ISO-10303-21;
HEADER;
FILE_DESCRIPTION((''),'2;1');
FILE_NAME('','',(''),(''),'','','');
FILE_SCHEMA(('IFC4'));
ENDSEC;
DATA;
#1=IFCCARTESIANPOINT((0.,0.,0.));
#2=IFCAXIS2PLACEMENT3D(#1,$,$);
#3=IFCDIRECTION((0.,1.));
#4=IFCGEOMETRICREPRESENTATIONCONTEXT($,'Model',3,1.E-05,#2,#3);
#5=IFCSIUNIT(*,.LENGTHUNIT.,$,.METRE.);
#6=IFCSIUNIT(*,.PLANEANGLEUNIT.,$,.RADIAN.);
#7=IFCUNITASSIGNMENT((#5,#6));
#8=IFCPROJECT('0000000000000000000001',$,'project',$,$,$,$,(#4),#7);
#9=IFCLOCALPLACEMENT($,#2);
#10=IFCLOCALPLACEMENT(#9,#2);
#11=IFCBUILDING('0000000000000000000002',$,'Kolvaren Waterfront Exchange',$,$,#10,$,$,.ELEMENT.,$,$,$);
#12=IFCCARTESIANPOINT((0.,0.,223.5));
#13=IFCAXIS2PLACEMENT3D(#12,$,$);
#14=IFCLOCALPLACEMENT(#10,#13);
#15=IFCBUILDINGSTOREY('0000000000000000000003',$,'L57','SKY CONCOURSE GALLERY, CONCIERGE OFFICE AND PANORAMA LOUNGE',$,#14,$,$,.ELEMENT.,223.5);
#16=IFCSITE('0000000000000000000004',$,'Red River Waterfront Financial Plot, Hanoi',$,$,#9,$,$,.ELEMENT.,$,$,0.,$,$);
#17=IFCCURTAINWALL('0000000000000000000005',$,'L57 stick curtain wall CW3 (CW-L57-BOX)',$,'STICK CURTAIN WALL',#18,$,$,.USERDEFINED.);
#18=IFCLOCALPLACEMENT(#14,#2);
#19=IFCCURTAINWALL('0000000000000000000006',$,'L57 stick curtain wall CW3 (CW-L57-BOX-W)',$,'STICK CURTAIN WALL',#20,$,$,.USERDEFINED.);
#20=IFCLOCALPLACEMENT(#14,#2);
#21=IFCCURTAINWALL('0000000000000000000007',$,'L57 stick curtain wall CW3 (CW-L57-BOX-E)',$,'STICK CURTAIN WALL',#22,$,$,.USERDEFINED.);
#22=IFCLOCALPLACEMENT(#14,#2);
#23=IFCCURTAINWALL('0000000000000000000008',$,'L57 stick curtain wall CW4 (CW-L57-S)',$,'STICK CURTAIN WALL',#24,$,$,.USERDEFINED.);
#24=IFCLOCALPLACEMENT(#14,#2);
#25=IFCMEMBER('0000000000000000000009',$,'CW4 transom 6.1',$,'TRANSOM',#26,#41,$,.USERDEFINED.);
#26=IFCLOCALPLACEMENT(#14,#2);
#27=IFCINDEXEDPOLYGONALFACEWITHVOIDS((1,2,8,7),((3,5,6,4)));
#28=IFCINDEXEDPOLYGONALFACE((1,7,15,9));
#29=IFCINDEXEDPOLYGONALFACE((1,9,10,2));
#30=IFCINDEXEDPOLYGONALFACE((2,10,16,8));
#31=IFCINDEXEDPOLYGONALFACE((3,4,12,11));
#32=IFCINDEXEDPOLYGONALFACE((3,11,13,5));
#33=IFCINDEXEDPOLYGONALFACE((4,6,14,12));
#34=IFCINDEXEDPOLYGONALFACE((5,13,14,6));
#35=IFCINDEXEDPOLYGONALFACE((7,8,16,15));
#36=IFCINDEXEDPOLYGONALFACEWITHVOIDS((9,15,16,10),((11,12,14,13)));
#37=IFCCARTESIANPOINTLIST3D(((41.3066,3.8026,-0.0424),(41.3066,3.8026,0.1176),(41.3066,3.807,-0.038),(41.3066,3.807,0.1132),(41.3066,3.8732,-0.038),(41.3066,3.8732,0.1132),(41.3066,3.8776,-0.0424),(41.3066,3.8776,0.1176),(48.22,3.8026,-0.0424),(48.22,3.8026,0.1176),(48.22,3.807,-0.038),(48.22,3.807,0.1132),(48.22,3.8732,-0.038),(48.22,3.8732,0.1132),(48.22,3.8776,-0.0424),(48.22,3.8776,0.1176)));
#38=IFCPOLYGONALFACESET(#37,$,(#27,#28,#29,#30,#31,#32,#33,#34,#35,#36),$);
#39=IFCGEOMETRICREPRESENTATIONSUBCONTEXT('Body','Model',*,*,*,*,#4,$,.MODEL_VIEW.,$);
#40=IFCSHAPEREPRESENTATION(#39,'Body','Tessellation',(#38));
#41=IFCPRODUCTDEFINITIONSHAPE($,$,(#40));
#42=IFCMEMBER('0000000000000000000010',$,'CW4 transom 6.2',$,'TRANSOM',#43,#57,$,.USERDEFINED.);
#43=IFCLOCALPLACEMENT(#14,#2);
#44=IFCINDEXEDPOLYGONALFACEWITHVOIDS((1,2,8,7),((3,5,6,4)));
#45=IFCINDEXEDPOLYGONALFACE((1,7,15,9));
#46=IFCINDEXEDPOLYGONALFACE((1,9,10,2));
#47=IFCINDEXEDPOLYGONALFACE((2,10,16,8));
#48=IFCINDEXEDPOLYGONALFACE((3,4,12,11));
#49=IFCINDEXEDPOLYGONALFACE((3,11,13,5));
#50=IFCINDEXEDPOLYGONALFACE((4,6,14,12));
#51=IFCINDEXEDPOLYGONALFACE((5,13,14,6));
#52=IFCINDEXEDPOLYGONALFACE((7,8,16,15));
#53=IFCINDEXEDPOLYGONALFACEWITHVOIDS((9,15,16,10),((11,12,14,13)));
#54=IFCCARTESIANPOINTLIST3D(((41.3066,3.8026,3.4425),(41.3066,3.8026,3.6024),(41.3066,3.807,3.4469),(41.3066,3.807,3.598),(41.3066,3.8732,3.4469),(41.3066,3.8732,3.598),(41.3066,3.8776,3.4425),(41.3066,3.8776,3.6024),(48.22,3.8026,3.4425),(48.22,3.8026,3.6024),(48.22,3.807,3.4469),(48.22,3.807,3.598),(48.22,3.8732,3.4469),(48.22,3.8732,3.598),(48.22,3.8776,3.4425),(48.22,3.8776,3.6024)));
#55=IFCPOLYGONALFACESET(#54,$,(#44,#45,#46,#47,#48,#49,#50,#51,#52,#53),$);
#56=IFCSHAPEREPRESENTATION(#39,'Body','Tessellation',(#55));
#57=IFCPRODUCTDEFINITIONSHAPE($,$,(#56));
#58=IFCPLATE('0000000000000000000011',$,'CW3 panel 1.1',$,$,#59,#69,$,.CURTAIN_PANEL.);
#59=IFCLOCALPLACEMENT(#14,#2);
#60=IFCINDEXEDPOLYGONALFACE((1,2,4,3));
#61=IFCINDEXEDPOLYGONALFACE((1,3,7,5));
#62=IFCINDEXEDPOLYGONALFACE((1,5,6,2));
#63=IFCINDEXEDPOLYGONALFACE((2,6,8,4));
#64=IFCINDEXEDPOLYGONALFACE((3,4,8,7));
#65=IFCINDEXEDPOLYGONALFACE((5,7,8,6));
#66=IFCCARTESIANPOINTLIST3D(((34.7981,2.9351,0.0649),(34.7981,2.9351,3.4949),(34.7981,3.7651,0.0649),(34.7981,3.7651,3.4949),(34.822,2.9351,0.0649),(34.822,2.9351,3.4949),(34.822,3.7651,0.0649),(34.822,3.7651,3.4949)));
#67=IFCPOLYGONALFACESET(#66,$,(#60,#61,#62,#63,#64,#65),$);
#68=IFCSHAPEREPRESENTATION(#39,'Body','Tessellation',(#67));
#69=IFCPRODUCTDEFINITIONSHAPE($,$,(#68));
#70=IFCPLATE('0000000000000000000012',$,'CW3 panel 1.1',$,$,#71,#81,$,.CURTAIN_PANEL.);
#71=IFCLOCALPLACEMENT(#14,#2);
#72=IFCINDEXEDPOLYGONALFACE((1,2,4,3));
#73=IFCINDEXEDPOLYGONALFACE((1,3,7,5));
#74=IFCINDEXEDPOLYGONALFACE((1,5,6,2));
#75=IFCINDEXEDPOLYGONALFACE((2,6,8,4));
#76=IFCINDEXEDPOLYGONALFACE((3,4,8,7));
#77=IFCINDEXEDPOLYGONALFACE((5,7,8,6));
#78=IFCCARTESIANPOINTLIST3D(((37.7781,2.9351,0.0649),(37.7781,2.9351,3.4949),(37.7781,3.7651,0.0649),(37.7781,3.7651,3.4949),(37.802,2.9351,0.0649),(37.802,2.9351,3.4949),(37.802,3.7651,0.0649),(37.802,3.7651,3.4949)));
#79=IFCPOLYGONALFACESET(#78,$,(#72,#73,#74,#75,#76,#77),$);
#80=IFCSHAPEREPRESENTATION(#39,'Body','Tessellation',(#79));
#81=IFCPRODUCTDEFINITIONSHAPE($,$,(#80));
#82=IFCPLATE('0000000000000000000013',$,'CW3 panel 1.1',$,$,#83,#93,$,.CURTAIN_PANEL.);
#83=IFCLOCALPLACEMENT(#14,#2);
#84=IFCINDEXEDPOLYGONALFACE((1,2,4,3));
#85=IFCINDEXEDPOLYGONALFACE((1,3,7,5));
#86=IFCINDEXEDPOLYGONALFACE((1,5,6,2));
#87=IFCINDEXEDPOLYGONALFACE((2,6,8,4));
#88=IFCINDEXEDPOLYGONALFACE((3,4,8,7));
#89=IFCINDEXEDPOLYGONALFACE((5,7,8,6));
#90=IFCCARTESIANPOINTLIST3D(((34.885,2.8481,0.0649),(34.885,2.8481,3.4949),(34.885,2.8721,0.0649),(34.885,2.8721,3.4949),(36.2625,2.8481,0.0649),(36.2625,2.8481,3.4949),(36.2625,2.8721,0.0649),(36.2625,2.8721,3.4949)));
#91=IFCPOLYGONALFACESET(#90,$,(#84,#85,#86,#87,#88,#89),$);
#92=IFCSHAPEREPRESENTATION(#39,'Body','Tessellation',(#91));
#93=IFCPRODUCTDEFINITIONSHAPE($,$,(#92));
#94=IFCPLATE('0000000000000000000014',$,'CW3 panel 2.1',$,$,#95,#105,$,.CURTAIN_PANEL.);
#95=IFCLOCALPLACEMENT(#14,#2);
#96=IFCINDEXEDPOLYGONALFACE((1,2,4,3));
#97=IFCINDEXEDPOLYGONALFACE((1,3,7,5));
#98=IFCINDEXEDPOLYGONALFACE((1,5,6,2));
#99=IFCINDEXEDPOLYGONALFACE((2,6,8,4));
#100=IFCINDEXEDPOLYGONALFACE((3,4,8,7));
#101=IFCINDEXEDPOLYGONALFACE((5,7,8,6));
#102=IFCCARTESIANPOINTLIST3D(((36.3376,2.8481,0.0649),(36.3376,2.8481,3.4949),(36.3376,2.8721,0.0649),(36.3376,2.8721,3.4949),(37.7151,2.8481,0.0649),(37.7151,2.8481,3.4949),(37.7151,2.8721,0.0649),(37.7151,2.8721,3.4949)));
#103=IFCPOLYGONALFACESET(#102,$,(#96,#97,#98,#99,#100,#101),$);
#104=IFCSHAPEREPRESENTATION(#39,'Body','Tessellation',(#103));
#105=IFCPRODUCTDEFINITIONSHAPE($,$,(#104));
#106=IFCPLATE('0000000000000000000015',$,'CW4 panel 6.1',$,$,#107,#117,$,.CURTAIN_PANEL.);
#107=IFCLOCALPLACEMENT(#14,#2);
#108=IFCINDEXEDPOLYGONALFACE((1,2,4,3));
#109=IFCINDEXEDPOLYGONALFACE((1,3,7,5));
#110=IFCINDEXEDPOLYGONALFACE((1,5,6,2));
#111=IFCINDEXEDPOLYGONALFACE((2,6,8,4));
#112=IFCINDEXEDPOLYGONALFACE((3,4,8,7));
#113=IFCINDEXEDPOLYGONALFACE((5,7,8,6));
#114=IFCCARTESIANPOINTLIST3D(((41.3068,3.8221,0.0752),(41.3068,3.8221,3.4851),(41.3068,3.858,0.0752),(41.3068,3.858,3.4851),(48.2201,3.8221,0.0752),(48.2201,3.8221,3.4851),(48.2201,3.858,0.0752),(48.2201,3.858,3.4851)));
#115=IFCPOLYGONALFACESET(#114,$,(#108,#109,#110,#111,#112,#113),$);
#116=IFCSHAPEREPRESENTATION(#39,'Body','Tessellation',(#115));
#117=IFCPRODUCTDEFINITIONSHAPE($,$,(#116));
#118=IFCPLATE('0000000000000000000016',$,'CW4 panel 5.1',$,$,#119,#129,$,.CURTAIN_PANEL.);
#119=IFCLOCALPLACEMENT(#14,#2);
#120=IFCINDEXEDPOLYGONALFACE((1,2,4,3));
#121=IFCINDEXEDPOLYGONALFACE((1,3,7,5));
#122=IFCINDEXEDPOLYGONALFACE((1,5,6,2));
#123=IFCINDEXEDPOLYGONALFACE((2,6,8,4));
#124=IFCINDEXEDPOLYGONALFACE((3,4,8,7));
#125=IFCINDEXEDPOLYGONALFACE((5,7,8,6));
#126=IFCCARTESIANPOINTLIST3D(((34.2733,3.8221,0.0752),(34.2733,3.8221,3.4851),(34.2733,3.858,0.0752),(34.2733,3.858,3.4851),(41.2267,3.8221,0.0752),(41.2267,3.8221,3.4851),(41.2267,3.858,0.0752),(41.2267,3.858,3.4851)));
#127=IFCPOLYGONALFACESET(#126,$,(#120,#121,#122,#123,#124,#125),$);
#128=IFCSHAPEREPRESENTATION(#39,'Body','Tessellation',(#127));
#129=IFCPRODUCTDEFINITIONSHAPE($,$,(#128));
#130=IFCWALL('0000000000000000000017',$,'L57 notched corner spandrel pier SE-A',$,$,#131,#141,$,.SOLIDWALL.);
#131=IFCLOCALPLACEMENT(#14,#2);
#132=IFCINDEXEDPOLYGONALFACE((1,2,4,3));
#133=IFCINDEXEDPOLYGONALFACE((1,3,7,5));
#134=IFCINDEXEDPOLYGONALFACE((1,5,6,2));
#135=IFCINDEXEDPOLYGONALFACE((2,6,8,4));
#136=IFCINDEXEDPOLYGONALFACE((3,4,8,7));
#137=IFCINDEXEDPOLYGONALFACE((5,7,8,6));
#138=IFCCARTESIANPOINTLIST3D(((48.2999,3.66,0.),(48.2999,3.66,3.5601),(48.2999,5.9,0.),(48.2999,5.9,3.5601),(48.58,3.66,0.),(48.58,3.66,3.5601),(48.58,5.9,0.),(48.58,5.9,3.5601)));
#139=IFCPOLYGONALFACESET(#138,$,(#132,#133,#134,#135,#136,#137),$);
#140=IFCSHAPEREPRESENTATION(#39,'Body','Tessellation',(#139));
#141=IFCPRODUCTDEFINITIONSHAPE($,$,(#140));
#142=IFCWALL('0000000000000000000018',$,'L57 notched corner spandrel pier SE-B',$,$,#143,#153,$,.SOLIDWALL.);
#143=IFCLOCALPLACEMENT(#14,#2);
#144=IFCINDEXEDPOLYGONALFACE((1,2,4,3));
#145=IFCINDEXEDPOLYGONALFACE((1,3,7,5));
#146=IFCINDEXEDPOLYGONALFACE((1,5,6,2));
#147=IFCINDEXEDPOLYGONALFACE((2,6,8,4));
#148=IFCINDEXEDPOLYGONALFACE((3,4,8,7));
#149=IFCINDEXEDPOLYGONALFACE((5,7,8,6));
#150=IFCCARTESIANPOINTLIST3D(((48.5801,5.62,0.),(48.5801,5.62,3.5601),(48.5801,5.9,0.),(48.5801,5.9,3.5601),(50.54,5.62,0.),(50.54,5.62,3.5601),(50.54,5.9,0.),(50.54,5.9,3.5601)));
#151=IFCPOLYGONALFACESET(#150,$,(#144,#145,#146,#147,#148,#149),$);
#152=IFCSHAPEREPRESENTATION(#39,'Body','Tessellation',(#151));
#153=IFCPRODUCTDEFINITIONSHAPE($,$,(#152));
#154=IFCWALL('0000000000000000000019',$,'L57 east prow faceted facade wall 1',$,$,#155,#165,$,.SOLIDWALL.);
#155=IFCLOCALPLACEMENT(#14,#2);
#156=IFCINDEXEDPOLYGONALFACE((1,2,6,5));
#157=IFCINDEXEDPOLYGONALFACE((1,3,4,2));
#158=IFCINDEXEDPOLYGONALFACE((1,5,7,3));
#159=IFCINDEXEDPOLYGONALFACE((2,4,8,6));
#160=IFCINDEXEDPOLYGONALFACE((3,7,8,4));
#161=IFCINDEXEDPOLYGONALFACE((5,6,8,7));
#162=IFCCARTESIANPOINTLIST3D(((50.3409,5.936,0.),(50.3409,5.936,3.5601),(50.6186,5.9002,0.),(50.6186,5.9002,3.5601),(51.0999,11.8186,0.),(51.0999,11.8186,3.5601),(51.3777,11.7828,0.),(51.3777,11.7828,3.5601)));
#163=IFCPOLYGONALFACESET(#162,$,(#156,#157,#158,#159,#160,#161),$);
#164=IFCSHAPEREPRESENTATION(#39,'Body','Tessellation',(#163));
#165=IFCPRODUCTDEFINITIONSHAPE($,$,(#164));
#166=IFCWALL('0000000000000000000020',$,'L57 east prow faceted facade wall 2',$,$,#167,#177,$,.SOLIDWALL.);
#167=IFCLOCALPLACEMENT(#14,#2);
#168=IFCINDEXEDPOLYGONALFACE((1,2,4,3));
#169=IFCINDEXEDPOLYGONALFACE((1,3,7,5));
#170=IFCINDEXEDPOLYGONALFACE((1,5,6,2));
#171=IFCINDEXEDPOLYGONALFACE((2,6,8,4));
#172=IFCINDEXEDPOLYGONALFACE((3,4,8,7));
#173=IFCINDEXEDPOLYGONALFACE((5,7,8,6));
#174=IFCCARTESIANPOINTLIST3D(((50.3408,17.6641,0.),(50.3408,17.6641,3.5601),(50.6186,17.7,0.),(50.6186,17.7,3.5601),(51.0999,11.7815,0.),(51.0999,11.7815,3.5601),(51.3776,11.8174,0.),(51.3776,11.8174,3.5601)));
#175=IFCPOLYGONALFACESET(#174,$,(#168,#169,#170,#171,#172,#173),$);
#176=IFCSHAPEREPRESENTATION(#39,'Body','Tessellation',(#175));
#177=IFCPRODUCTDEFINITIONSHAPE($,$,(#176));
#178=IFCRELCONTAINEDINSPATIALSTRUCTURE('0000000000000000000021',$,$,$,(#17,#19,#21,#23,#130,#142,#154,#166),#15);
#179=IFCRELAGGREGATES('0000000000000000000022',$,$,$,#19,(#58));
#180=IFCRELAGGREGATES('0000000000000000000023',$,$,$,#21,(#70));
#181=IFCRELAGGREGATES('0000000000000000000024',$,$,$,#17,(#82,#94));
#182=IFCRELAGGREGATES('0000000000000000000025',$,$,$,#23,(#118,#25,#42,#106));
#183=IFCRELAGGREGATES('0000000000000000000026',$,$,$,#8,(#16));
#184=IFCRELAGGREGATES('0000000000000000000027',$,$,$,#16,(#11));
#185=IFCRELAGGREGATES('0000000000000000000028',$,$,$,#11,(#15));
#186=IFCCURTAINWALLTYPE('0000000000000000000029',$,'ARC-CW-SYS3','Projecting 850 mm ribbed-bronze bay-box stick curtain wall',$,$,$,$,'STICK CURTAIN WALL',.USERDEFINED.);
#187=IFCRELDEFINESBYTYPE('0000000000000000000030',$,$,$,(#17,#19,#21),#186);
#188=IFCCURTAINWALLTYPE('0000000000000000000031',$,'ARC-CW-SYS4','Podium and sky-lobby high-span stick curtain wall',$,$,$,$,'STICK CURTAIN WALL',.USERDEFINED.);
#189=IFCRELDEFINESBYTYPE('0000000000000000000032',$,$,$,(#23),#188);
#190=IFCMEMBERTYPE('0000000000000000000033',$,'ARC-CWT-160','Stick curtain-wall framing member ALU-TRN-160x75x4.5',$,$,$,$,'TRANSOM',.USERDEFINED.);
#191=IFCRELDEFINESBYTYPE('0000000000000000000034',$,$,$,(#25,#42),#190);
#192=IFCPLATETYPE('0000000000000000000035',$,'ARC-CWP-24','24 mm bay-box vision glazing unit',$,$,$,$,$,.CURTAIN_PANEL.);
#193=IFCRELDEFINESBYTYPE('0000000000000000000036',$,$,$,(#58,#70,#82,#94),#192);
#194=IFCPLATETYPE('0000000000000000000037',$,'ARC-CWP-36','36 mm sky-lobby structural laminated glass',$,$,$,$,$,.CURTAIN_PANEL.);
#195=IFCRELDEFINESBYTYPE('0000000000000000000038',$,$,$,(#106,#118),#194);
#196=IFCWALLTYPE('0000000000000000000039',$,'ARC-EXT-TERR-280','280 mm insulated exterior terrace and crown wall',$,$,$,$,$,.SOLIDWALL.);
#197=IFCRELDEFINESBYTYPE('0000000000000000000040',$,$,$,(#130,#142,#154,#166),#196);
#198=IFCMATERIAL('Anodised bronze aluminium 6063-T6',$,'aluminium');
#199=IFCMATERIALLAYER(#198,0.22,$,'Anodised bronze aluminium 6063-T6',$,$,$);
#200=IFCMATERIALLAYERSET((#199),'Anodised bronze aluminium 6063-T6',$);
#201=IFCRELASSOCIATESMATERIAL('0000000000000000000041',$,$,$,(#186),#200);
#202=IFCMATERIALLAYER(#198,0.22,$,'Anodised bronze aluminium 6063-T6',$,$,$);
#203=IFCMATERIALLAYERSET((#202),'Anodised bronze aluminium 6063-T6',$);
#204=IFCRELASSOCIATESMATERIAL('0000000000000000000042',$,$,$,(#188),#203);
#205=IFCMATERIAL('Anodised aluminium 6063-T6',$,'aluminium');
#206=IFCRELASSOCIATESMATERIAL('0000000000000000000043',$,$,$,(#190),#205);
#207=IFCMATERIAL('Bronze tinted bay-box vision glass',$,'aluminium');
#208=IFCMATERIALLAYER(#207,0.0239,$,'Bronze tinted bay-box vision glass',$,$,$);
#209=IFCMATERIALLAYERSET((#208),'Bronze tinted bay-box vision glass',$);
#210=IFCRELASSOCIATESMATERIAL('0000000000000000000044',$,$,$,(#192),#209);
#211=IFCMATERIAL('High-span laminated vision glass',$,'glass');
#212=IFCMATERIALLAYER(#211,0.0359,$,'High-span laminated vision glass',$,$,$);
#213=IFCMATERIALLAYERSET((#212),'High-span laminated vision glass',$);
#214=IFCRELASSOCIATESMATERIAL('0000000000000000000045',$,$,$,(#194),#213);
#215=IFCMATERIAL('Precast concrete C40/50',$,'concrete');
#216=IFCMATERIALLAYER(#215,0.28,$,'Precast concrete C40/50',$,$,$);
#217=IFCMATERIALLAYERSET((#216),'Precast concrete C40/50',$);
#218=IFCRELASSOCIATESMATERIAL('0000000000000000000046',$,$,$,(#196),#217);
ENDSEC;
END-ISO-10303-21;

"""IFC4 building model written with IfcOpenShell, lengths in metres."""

from ifc_helpers import new_model, si_unit, direction, frame, frame_2d, origin, origin_with_axes, origin_2d, place, context, subcontext, project, spatial, rectangle, hollow_rectangle, extrude, source, transform, mapped, material, layer, layer_set, material_profile, profile_set, type_object, element, aggregate, save


model = new_model("IFC4")

# Units and contexts
model_context = context("Model", 3, precision=1e-05, world=origin(), true_north=direction((0.0, 1.0)))
body_context = subcontext(model_context, "Body", "Model", "MODEL_VIEW")
ifc_project = project(units=[si_unit("LENGTHUNIT", "METRE"), si_unit("PLANEANGLEUNIT", "RADIAN")], contexts=[model_context])

# Site, building, storey
site_placement = place(None, origin())
site = spatial("IfcSite", under=ifc_project, at=site_placement, Name="Red River Waterfront Financial Plot, Hanoi", CompositionType="ELEMENT", RefElevation=0.0)
building_placement = place(site_placement, origin())
building = spatial("IfcBuilding", under=site, at=building_placement, Name="Kolvaren Waterfront Exchange", CompositionType="ELEMENT")
storey_placement = place(building_placement, frame((0.0, 0.0, 223.5)))
storey = spatial("IfcBuildingStorey", under=building, at=storey_placement, Name="L57", Description="SKY CONCOURSE GALLERY, CONCIERGE OFFICE AND PANORAMA LOUNGE", CompositionType="ELEMENT", Elevation=223.5)

# Curtain walls
ifc_material_1 = material(Name="Anodised bronze aluminium 6063-T6", Category="aluminium")
ifc_layer_1 = layer(ifc_material_1, 0.22, Name="Anodised bronze aluminium 6063-T6")
ifc_layer_set_1 = layer_set([ifc_layer_1], Name="Anodised bronze aluminium 6063-T6")
curtain_wall_type_1 = type_object("IfcCurtainWallType", Name="ARC-CW-SYS3", Description="Projecting 850 mm ribbed-bronze bay-box stick curtain wall", ElementType="STICK CURTAIN WALL", PredefinedType="USERDEFINED", material=ifc_layer_set_1)
curtain_wall_1_placement = place(storey_placement, origin())
curtain_wall_1 = element("IfcCurtainWall", 1, at=curtain_wall_1_placement, inside=storey, type_object=curtain_wall_type_1, Name="L57 stick curtain wall CW3 (CW-L57-BOX)", ObjectType="STICK CURTAIN WALL", PredefinedType="USERDEFINED")
curtain_wall_2_placement = place(storey_placement, origin())
curtain_wall_2 = element("IfcCurtainWall", 2, at=curtain_wall_2_placement, inside=storey, type_object=curtain_wall_type_1, Name="L57 stick curtain wall CW3 (CW-L57-BOX-W)", ObjectType="STICK CURTAIN WALL", PredefinedType="USERDEFINED")
curtain_wall_3_placement = place(storey_placement, origin())
curtain_wall_3 = element("IfcCurtainWall", 3, at=curtain_wall_3_placement, inside=storey, type_object=curtain_wall_type_1, Name="L57 stick curtain wall CW3 (CW-L57-BOX-E)", ObjectType="STICK CURTAIN WALL", PredefinedType="USERDEFINED")

# Curtain wall, members
ifc_layer_2 = layer(ifc_material_1, 0.22, Name="Anodised bronze aluminium 6063-T6")
ifc_layer_set_2 = layer_set([ifc_layer_2], Name="Anodised bronze aluminium 6063-T6")
curtain_wall_type_2 = type_object("IfcCurtainWallType", Name="ARC-CW-SYS4", Description="Podium and sky-lobby high-span stick curtain wall", ElementType="STICK CURTAIN WALL", PredefinedType="USERDEFINED", material=ifc_layer_set_2)
curtain_wall_4_placement = place(storey_placement, origin())
curtain_wall_4 = element("IfcCurtainWall", 4, at=curtain_wall_4_placement, inside=storey, type_object=curtain_wall_type_2, Name="L57 stick curtain wall CW4 (CW-L57-S)", ObjectType="STICK CURTAIN WALL", PredefinedType="USERDEFINED")
ifc_material_2 = material(Name="Anodised aluminium 6063-T6", Category="aluminium")
ifc_material_profile_1 = material_profile(ifc_material_2, hollow_rectangle(XDim=0.075, YDim=0.1599, WallThickness=0.0044, at=origin_2d()), Name="ALU-TRN-160x75x4.5")
ifc_profile_set_1 = profile_set([ifc_material_profile_1], Name="Anodised aluminium 6063-T6")
member_type_1 = type_object("IfcMemberType", Name="ARC-CWT-160", Description="Stick curtain-wall framing member ALU-TRN-160x75x4.5", ElementType="TRANSOM", PredefinedType="USERDEFINED", material=ifc_profile_set_1)
shared_shape_1 = source(origin_with_axes(), body_context, "Body", "SweptSolid", [
    extrude(hollow_rectangle(XDim=0.075, YDim=0.1599, WallThickness=0.0044, at=origin_2d()), origin(), (0.0, 0.0, 1.0), 6.9133),
])
member_1_placement = place(storey_placement, frame((41.3066, 3.8401, 0.0376), z_axis=(1.0, 0.0, 0.0), x_axis=(0.0, 1.0, 0.0)))
member_1 = element("IfcMember", 5, at=member_1_placement, type_object=member_type_1, Name="CW4 transom 6.1", ObjectType="TRANSOM", PredefinedType="USERDEFINED", context=body_context, shape_type="MappedRepresentation", body=[
    mapped(shared_shape_1, transform((0.0, 0.0, 0.0), x_axis=(1.0, 0.0, 0.0), y_axis=(0.0, 1.0, 0.0), z_axis=(0.0, 0.0, 1.0), scale=1.0)),
])
member_2_placement = place(storey_placement, frame((41.3066, 3.8401, 3.5225), z_axis=(1.0, 0.0, 0.0), x_axis=(0.0, 1.0, 0.0)))
member_2 = element("IfcMember", 6, at=member_2_placement, type_object=member_type_1, Name="CW4 transom 6.2", ObjectType="TRANSOM", PredefinedType="USERDEFINED", context=body_context, shape_type="MappedRepresentation", body=[
    mapped(shared_shape_1, transform((0.0, 0.0, 0.0), x_axis=(1.0, 0.0, 0.0), y_axis=(0.0, 1.0, 0.0), z_axis=(0.0, 0.0, 1.0), scale=1.0)),
])

# Plates
ifc_material_3 = material(Name="Bronze tinted bay-box vision glass", Category="aluminium")
ifc_layer_3 = layer(ifc_material_3, 0.0239, Name="Bronze tinted bay-box vision glass")
ifc_layer_set_3 = layer_set([ifc_layer_3], Name="Bronze tinted bay-box vision glass")
plate_type_1 = type_object("IfcPlateType", Name="ARC-CWP-24", Description="24 mm bay-box vision glazing unit", PredefinedType="CURTAIN_PANEL", material=ifc_layer_set_3)
shared_shape_2 = source(origin_with_axes(), body_context, "Body", "SweptSolid", [
    extrude(rectangle(XDim=0.8301, YDim=0.0239, at=origin_2d()), origin(), (0.0, 0.0, 1.0), 3.4299),
])
plate_1_placement = place(storey_placement, frame((34.8101, 3.3501, 0.0649), z_axis=(0.0, 0.0, 1.0), x_axis=(0.0, -1.0, 0.0)))
plate_1 = element("IfcPlate", 7, at=plate_1_placement, type_object=plate_type_1, Name="CW3 panel 1.1", PredefinedType="CURTAIN_PANEL", context=body_context, shape_type="MappedRepresentation", body=[
    mapped(shared_shape_2, transform((0.0, 0.0, 0.0), x_axis=(1.0, 0.0, 0.0), y_axis=(0.0, 1.0, 0.0), z_axis=(0.0, 0.0, 1.0), scale=1.0)),
])
aggregate(curtain_wall_2, [plate_1])
plate_2_placement = place(storey_placement, frame((37.79, 3.3501, 0.0649), z_axis=(0.0, 0.0, 1.0), x_axis=(0.0, 1.0, 0.0)))
plate_2 = element("IfcPlate", 8, at=plate_2_placement, type_object=plate_type_1, Name="CW3 panel 1.1", PredefinedType="CURTAIN_PANEL", context=body_context, shape_type="MappedRepresentation", body=[
    mapped(shared_shape_2, transform((0.0, 0.0, 0.0), x_axis=(1.0, 0.0, 0.0), y_axis=(0.0, 1.0, 0.0), z_axis=(0.0, 0.0, 1.0), scale=1.0)),
])
aggregate(curtain_wall_3, [plate_2])
shared_shape_3 = source(origin_with_axes(), body_context, "Body", "SweptSolid", [
    extrude(rectangle(XDim=1.3774, YDim=0.0239, at=origin_2d()), origin(), (0.0, 0.0, 1.0), 3.4299),
])
plate_3_placement = place(storey_placement, frame((35.5737, 2.8601, 0.0649), z_axis=(0.0, 0.0, 1.0), x_axis=(1.0, 0.0, 0.0)))
plate_3 = element("IfcPlate", 9, at=plate_3_placement, type_object=plate_type_1, Name="CW3 panel 1.1", PredefinedType="CURTAIN_PANEL", context=body_context, shape_type="MappedRepresentation", body=[
    mapped(shared_shape_3, transform((0.0, 0.0, 0.0), x_axis=(1.0, 0.0, 0.0), y_axis=(0.0, 1.0, 0.0), z_axis=(0.0, 0.0, 1.0), scale=1.0)),
])
plate_4_placement = place(storey_placement, frame((37.0264, 2.8601, 0.0649), z_axis=(0.0, 0.0, 1.0), x_axis=(1.0, 0.0, 0.0)))
plate_4 = element("IfcPlate", 10, at=plate_4_placement, type_object=plate_type_1, Name="CW3 panel 2.1", PredefinedType="CURTAIN_PANEL", context=body_context, shape_type="MappedRepresentation", body=[
    mapped(shared_shape_3, transform((0.0, 0.0, 0.0), x_axis=(1.0, 0.0, 0.0), y_axis=(0.0, 1.0, 0.0), z_axis=(0.0, 0.0, 1.0), scale=1.0)),
])
aggregate(curtain_wall_1, [plate_3, plate_4])
ifc_material_4 = material(Name="High-span laminated vision glass", Category="glass")
ifc_layer_4 = layer(ifc_material_4, 0.0359, Name="High-span laminated vision glass")
ifc_layer_set_4 = layer_set([ifc_layer_4], Name="High-span laminated vision glass")
plate_type_2 = type_object("IfcPlateType", Name="ARC-CWP-36", Description="36 mm sky-lobby structural laminated glass", PredefinedType="CURTAIN_PANEL", material=ifc_layer_set_4)
shared_shape_4 = source(origin_with_axes(), body_context, "Body", "SweptSolid", [
    extrude(rectangle(XDim=6.9133, YDim=0.0359, at=origin_2d()), origin(), (0.0, 0.0, 1.0), 3.4099),
])
plate_5_placement = place(storey_placement, frame((44.7634, 3.8401, 0.0752), z_axis=(0.0, 0.0, 1.0), x_axis=(1.0, 0.0, 0.0)))
plate_5 = element("IfcPlate", 11, at=plate_5_placement, type_object=plate_type_2, Name="CW4 panel 6.1", PredefinedType="CURTAIN_PANEL", context=body_context, shape_type="MappedRepresentation", body=[
    mapped(shared_shape_4, transform((0.0, 0.0, 0.0), x_axis=(1.0, 0.0, 0.0), y_axis=(0.0, 1.0, 0.0), z_axis=(0.0, 0.0, 1.0), scale=1.0)),
])
shared_shape_5 = source(origin_with_axes(), body_context, "Body", "SweptSolid", [
    extrude(rectangle(XDim=6.9534, YDim=0.0359, at=origin_2d()), origin(), (0.0, 0.0, 1.0), 3.4099),
])
plate_6_placement = place(storey_placement, frame((37.75, 3.8401, 0.0752), z_axis=(0.0, 0.0, 1.0), x_axis=(1.0, 0.0, 0.0)))
plate_6 = element("IfcPlate", 12, at=plate_6_placement, type_object=plate_type_2, Name="CW4 panel 5.1", PredefinedType="CURTAIN_PANEL", context=body_context, shape_type="MappedRepresentation", body=[
    mapped(shared_shape_5, transform((0.0, 0.0, 0.0), x_axis=(1.0, 0.0, 0.0), y_axis=(0.0, 1.0, 0.0), z_axis=(0.0, 0.0, 1.0), scale=1.0)),
])
aggregate(curtain_wall_4, [plate_6, member_1, member_2, plate_5])

# Walls
ifc_material_5 = material(Name="Precast concrete C40/50", Category="concrete")
ifc_layer_5 = layer(ifc_material_5, 0.28, Name="Precast concrete C40/50")
ifc_layer_set_5 = layer_set([ifc_layer_5], Name="Precast concrete C40/50")
wall_type_1 = type_object("IfcWallType", Name="ARC-EXT-TERR-280", Description="280 mm insulated exterior terrace and crown wall", PredefinedType="SOLIDWALL", material=ifc_layer_set_5)
wall_1_placement = place(storey_placement, frame((48.4399, 3.6599, 0.0), z_axis=(0.0, 0.0, 1.0), x_axis=(0.0, 1.0, 0.0)))
element("IfcWall", 13, at=wall_1_placement, inside=storey, type_object=wall_type_1, Name="L57 notched corner spandrel pier SE-A", PredefinedType="SOLIDWALL", context=body_context, shape_type="SweptSolid", body=[
    extrude(rectangle(XDim=2.24, YDim=0.28, at=frame_2d((1.1201, 0.0))), origin(), (0.0, 0.0, 1.0), 3.5601),
])
wall_2_placement = place(storey_placement, frame((48.5801, 5.76, 0.0), z_axis=(0.0, 0.0, 1.0), x_axis=(1.0, 0.0, 0.0)))
element("IfcWall", 14, at=wall_2_placement, inside=storey, type_object=wall_type_1, Name="L57 notched corner spandrel pier SE-B", PredefinedType="SOLIDWALL", context=body_context, shape_type="SweptSolid", body=[
    extrude(rectangle(XDim=1.96, YDim=0.28, at=frame_2d((0.98, 0.0))), origin(), (0.0, 0.0, 1.0), 3.5601),
])
for number, where, z_axis, x_axis, name in (
    (15, (50.4797, 5.918, 0.0), (0.0, 0.0, 1.0), (0.12797, 0.991778, 0.0), "L57 east prow faceted facade wall 1"),
    (16, (51.2388, 11.7993, 0.0), (0.0, 0.0, 1.0), (-0.12797, 0.991778, 0.0), "L57 east prow faceted facade wall 2"),
):
    element("IfcWall", number, at=place(storey_placement, frame(where, z_axis=z_axis, x_axis=x_axis)), inside=storey, type_object=wall_type_1, Name=name, PredefinedType="SOLIDWALL", context=body_context, shape_type="SweptSolid", body=[
        extrude(rectangle(XDim=5.9314, YDim=0.28, at=frame_2d((2.9658, 0.0))), origin(), (0.0, 0.0, 1.0), 3.5601),
    ])

save(model, "model.ifc")
